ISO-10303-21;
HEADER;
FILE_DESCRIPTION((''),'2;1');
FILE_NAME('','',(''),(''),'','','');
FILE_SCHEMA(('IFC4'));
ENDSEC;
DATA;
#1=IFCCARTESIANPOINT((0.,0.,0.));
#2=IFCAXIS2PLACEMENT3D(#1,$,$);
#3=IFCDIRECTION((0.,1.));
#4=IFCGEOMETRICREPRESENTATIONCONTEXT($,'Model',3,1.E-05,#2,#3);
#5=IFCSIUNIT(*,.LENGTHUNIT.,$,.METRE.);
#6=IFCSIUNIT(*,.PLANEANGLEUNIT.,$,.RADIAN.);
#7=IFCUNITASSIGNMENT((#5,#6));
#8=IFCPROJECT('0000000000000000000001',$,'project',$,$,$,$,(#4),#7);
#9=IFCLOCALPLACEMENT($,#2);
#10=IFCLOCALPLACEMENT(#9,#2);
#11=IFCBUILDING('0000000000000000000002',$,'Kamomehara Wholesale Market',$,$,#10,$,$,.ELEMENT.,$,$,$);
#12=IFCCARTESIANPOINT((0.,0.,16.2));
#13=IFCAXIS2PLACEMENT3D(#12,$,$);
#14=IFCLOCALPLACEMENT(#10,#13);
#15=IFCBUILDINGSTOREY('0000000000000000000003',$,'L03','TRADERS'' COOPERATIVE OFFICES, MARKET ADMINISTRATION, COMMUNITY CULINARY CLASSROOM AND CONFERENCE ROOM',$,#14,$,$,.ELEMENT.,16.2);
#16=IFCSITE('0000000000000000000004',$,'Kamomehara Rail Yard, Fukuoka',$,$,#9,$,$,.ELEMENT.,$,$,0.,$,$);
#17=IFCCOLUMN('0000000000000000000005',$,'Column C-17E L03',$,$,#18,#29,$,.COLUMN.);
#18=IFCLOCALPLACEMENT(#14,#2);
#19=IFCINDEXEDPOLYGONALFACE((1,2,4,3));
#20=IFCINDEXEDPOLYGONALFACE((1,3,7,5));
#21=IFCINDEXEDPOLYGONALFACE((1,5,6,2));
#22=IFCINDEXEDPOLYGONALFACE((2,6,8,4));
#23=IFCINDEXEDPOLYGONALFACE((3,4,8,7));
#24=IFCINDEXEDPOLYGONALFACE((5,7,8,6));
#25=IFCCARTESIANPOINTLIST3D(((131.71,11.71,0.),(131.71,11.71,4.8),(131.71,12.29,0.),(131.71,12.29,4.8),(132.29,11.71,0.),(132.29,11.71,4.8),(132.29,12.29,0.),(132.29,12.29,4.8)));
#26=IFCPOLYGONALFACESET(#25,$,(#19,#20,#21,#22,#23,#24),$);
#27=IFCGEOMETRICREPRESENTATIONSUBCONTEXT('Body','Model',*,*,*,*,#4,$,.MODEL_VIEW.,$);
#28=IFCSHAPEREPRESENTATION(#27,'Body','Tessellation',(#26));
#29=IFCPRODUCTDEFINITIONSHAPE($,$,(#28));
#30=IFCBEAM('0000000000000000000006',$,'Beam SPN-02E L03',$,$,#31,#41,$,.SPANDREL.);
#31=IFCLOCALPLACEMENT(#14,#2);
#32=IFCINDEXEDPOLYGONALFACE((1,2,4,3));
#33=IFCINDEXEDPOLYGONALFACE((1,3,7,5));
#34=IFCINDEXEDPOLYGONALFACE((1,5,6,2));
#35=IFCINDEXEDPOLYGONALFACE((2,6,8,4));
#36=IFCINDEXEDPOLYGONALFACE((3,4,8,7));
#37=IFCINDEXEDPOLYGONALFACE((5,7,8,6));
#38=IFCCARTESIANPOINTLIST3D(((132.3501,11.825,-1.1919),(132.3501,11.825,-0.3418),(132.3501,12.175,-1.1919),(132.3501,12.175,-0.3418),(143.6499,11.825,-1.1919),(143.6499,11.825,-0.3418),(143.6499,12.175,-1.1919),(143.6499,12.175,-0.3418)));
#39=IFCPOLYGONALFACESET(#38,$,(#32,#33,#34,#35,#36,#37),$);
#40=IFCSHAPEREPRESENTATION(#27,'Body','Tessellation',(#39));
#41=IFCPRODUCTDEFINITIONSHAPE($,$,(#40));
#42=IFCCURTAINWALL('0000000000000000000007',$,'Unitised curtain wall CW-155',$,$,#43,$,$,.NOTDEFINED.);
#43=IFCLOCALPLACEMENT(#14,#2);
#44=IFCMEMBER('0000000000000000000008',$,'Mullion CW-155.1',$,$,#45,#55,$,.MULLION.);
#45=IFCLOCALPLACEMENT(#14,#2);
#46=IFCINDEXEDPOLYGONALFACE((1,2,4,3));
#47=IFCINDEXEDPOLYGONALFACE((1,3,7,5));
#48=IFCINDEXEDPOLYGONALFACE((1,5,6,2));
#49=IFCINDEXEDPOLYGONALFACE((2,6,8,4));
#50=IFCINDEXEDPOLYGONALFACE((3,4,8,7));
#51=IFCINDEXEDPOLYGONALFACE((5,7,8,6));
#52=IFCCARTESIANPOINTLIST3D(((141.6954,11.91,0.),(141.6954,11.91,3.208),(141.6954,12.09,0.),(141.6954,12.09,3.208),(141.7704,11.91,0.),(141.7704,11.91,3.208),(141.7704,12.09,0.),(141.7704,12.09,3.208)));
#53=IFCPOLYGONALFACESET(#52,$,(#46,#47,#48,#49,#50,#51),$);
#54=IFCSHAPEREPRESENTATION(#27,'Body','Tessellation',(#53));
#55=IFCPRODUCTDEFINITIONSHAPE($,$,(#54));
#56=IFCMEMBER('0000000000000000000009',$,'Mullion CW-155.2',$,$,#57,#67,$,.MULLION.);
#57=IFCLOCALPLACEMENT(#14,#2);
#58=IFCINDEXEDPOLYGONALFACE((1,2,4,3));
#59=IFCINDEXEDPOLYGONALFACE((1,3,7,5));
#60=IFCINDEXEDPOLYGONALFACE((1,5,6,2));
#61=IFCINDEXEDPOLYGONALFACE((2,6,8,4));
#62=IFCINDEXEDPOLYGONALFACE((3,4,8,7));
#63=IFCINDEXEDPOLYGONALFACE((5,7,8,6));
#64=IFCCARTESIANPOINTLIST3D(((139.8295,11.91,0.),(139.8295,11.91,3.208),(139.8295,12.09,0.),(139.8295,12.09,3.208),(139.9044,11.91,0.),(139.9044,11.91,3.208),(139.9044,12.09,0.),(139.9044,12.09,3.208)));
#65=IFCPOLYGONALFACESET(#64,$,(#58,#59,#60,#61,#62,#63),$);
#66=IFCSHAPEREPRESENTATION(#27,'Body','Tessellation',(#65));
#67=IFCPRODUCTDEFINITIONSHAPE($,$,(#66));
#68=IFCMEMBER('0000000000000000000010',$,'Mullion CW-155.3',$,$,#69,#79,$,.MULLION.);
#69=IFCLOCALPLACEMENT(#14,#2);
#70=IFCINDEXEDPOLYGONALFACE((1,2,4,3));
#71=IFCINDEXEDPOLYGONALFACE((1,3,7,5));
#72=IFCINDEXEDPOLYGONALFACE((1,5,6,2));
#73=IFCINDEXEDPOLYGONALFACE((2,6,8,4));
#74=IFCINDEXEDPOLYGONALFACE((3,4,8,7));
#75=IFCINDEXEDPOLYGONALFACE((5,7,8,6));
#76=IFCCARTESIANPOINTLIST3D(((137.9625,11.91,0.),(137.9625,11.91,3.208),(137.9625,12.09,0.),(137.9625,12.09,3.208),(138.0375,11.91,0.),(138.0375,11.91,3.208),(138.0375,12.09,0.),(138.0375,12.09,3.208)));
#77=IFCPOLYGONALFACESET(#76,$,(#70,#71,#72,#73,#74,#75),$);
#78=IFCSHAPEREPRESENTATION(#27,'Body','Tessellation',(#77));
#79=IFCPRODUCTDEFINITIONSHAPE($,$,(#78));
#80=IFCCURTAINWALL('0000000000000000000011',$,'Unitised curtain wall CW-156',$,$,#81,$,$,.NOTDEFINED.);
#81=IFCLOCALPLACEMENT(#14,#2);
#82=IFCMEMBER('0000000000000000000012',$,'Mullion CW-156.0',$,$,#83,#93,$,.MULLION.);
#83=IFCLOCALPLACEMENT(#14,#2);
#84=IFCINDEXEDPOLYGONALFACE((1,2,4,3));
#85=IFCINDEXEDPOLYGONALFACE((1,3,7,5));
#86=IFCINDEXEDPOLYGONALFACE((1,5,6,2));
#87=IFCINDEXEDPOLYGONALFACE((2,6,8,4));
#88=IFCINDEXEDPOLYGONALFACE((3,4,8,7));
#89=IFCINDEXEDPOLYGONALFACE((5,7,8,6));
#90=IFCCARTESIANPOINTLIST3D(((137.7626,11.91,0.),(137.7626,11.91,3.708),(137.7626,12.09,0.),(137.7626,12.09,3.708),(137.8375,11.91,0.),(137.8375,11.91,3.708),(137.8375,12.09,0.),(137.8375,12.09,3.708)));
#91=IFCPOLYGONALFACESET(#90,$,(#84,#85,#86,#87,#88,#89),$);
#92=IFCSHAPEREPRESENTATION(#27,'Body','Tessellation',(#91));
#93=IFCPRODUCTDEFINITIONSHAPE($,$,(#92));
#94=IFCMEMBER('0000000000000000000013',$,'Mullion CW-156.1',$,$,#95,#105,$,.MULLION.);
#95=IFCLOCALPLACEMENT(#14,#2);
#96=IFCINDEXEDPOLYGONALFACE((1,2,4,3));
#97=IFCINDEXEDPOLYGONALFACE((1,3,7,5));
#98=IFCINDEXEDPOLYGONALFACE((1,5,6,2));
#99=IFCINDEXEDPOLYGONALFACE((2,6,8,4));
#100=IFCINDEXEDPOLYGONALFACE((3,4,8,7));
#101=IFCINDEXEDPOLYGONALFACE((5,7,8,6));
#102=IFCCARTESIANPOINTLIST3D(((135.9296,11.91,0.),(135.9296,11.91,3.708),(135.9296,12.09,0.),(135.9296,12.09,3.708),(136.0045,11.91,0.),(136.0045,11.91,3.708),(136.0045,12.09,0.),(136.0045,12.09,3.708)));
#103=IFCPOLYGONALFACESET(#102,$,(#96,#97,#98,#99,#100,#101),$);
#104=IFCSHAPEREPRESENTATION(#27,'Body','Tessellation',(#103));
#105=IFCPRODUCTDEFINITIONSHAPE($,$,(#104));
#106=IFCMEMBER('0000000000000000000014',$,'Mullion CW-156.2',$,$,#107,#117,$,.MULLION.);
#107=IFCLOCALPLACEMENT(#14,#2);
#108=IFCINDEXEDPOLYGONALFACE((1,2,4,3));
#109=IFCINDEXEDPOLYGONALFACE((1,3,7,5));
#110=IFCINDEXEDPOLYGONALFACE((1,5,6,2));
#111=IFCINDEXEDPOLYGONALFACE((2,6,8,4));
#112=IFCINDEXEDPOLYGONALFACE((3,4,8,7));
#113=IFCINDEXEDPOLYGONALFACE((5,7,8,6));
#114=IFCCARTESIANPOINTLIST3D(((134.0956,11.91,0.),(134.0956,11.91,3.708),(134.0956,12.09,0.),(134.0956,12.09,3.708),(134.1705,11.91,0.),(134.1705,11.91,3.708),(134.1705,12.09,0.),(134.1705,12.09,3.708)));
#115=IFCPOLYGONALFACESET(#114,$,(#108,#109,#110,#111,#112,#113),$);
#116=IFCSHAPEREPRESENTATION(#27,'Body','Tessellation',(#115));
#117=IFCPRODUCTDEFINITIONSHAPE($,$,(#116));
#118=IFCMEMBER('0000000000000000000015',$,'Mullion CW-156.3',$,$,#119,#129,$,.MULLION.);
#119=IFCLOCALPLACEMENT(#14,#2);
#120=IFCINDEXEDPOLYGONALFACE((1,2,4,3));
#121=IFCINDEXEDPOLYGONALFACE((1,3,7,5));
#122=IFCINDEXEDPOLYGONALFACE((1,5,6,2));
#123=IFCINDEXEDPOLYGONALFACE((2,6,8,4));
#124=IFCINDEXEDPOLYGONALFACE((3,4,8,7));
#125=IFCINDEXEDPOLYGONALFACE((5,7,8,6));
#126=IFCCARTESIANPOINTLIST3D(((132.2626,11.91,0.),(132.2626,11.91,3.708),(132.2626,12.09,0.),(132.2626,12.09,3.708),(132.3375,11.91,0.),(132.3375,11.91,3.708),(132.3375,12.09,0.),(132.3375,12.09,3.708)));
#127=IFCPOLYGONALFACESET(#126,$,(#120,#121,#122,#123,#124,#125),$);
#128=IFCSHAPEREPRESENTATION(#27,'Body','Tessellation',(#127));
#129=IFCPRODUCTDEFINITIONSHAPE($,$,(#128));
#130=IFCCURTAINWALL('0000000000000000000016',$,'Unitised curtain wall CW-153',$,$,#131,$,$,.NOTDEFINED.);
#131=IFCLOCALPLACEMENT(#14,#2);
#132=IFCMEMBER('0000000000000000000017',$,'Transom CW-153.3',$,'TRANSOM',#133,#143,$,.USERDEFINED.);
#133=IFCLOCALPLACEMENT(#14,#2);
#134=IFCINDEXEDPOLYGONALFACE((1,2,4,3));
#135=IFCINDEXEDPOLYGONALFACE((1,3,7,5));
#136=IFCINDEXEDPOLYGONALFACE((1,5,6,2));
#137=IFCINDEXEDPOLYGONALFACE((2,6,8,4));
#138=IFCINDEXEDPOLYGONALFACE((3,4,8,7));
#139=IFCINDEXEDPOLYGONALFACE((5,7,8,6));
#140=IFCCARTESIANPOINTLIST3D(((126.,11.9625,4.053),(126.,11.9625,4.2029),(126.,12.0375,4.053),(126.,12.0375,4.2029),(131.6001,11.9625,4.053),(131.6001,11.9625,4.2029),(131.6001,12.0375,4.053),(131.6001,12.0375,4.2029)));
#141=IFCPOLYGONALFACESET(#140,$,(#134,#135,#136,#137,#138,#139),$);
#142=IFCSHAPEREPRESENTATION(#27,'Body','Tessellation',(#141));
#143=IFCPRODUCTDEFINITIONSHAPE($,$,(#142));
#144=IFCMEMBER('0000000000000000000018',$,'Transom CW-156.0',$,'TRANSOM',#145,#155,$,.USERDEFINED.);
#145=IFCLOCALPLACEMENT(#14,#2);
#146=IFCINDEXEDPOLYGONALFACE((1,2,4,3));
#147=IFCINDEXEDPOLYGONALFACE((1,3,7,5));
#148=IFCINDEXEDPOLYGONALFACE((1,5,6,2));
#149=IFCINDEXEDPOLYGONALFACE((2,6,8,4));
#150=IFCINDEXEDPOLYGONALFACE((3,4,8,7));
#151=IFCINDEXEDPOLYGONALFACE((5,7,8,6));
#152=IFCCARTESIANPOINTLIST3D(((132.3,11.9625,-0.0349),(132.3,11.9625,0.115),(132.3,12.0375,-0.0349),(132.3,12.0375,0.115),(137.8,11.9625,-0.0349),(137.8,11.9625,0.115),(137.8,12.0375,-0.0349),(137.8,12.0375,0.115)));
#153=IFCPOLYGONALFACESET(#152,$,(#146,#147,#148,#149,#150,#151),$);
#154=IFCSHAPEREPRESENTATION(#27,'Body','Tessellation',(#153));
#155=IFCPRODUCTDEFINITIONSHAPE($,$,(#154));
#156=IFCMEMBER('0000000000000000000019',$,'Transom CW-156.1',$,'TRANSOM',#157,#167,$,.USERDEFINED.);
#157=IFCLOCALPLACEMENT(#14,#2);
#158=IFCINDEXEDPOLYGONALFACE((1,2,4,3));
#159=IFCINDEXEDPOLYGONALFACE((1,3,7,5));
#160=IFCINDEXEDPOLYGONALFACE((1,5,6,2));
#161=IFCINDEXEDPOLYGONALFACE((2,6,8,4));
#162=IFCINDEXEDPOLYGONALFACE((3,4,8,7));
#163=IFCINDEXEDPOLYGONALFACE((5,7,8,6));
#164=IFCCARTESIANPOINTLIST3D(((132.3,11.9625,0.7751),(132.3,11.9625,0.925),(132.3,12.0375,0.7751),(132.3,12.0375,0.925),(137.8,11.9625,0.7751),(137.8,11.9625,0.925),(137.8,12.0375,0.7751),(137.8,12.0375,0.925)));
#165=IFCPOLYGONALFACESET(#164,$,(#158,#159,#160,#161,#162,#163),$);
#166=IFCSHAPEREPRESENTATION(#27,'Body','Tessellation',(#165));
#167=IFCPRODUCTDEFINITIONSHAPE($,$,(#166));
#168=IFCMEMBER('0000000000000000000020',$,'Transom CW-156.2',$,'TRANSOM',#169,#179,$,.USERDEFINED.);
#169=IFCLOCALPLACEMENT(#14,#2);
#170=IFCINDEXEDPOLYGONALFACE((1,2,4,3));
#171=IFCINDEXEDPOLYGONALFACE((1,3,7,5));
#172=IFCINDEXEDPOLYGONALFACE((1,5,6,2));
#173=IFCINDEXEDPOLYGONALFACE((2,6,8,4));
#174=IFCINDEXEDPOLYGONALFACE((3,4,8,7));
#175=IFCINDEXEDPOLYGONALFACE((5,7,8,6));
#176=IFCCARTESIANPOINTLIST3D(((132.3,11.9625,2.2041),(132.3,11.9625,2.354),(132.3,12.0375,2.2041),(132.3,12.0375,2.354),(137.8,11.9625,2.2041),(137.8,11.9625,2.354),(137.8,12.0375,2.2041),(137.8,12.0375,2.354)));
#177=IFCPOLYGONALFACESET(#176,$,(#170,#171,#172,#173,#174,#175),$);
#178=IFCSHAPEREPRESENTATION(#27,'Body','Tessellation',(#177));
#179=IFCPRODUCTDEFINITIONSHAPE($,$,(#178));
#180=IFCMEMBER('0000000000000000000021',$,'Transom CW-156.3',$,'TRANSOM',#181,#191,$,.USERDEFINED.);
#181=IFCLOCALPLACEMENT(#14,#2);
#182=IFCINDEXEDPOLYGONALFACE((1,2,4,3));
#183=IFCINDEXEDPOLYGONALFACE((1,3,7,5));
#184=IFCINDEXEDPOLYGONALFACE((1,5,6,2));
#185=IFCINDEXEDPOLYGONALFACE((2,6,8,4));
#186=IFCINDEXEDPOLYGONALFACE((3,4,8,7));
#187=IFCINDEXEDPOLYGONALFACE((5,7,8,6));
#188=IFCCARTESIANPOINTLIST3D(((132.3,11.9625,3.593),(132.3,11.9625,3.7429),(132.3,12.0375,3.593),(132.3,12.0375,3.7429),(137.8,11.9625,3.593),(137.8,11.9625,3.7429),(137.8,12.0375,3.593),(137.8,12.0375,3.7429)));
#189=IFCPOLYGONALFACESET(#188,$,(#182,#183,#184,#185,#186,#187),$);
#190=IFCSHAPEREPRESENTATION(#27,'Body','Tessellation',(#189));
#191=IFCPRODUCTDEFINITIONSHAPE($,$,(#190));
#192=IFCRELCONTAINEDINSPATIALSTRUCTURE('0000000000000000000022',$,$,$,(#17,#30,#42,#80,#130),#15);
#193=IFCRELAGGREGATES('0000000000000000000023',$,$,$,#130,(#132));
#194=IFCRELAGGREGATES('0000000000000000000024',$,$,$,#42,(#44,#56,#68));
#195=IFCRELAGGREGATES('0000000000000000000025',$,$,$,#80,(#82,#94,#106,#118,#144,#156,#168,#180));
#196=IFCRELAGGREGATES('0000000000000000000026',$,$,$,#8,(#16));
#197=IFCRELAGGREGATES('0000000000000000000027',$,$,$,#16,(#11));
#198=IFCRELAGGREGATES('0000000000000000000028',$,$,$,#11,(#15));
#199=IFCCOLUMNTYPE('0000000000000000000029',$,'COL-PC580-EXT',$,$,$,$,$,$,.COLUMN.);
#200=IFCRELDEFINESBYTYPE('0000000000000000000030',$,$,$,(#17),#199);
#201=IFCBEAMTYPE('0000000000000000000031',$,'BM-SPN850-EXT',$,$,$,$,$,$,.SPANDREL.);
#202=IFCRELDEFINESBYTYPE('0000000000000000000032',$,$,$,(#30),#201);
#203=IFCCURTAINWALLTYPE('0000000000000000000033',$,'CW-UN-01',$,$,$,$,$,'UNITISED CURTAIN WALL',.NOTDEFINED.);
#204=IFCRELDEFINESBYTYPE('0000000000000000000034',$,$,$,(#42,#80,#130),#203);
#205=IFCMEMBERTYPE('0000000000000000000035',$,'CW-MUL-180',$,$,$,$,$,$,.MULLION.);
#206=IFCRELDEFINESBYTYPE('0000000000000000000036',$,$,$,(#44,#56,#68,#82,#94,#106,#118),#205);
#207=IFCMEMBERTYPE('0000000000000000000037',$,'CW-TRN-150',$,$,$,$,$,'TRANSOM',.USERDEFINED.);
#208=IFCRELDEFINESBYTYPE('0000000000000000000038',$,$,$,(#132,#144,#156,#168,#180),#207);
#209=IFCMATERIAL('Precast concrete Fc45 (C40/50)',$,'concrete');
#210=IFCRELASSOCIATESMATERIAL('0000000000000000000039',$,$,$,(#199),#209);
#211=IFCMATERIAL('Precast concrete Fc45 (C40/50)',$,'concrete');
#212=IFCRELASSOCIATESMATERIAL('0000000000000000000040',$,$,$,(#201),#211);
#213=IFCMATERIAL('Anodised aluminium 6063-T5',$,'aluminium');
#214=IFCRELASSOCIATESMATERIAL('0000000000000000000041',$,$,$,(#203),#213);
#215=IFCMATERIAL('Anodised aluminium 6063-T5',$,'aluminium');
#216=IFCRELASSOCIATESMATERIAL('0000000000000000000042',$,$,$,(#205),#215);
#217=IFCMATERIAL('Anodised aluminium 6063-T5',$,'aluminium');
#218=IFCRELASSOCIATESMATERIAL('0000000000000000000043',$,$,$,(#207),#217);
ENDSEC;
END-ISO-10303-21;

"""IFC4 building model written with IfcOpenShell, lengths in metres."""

from ifc_helpers import new_model, si_unit, direction, frame, origin, origin_2d, place, context, subcontext, project, spatial, rectangle, extrude, material, material_profile, profile_set, type_object, element, aggregate, save


model = new_model("IFC4")

# Units and contexts
model_context = context("Model", 3, precision=1e-05, world=origin(), true_north=direction((0.0, 1.0)))
body_context = subcontext(model_context, "Body", "Model", "MODEL_VIEW")
ifc_project = project(units=[si_unit("LENGTHUNIT", "METRE"), si_unit("PLANEANGLEUNIT", "RADIAN")], contexts=[model_context])

# Site, building, storey
site_placement = place(None, origin())
site = spatial("IfcSite", under=ifc_project, at=site_placement, Name="Kamomehara Rail Yard, Fukuoka", CompositionType="ELEMENT", RefElevation=0.0)
building_placement = place(site_placement, origin())
building = spatial("IfcBuilding", under=site, at=building_placement, Name="Kamomehara Wholesale Market", CompositionType="ELEMENT")
storey_placement = place(building_placement, frame((0.0, 0.0, 16.2)))
storey = spatial("IfcBuildingStorey", under=building, at=storey_placement, Name="L03", Description="TRADERS' COOPERATIVE OFFICES, MARKET ADMINISTRATION, COMMUNITY CULINARY CLASSROOM AND CONFERENCE ROOM", CompositionType="ELEMENT", Elevation=16.2)

# Column
ifc_material_1 = material(Name="Precast concrete Fc45 (C40/50)", Category="concrete")
ifc_material_profile_1 = material_profile(ifc_material_1, rectangle(XDim=0.5801, YDim=0.5801, at=origin_2d()), Name="PC-COL-580x580")
ifc_profile_set_1 = profile_set([ifc_material_profile_1], Name="Precast concrete Fc45 (C40/50)")
column_type = type_object("IfcColumnType", Name="COL-PC580-EXT", PredefinedType="COLUMN", material=ifc_profile_set_1)
column_placement = place(storey_placement, frame((132.0, 12.0, 0.0), z_axis=(0.0, 0.0, 1.0), x_axis=(1.0, 0.0, 0.0)))
element("IfcColumn", 1, at=column_placement, inside=storey, type_object=column_type, Name="Column C-17E L03", PredefinedType="COLUMN", context=body_context, shape_type="SweptSolid", body=[
    extrude(rectangle(XDim=0.5801, YDim=0.5801, at=origin_2d()), origin(), (0.0, 0.0, 1.0), 4.8),
])

# Beam
ifc_material_2 = material(Name="Precast concrete Fc45 (C40/50)", Category="concrete")
ifc_material_profile_2 = material_profile(ifc_material_2, rectangle(XDim=0.3501, YDim=0.8501, at=origin_2d()), Name="PC-SPN-350x850")
ifc_profile_set_2 = profile_set([ifc_material_profile_2], Name="Precast concrete Fc45 (C40/50)")
beam_type = type_object("IfcBeamType", Name="BM-SPN850-EXT", PredefinedType="SPANDREL", material=ifc_profile_set_2)
beam_placement = place(storey_placement, frame((132.3501, 12.0, -0.7668), z_axis=(1.0, 0.0, 0.0), x_axis=(0.0, 1.0, 0.0)))
element("IfcBeam", 2, at=beam_placement, inside=storey, type_object=beam_type, Name="Beam SPN-02E L03", PredefinedType="SPANDREL", context=body_context, shape_type="SweptSolid", body=[
    extrude(rectangle(XDim=0.3501, YDim=0.8501, at=origin_2d()), origin(), (0.0, 0.0, 1.0), 11.2998),
])

# Curtain walls, members
ifc_material_3 = material(Name="Anodised aluminium 6063-T5", Category="aluminium")
curtain_wall_type = type_object("IfcCurtainWallType", Name="CW-UN-01", ElementType="UNITISED CURTAIN WALL", PredefinedType="NOTDEFINED", material=ifc_material_3)
curtain_wall_1_placement = place(storey_placement, origin())
curtain_wall_1 = element("IfcCurtainWall", 3, at=curtain_wall_1_placement, inside=storey, type_object=curtain_wall_type, Name="Unitised curtain wall CW-155", PredefinedType="NOTDEFINED")
ifc_material_4 = material(Name="Anodised aluminium 6063-T5", Category="aluminium")
ifc_material_profile_3 = material_profile(ifc_material_4, rectangle(XDim=0.075, YDim=0.1799, at=origin_2d()), Name="ALU-MUL-75x180")
ifc_profile_set_3 = profile_set([ifc_material_profile_3], Name="Anodised aluminium 6063-T5")
member_type_1 = type_object("IfcMemberType", Name="CW-MUL-180", PredefinedType="MULLION", material=ifc_profile_set_3)
member_1_placement = place(storey_placement, frame((141.7329, 12.0, 0.0), z_axis=(0.0, 0.0, 1.0), x_axis=(-1.0, 0.0, 0.0)))
member_1 = element("IfcMember", 4, at=member_1_placement, type_object=member_type_1, Name="Mullion CW-155.1", PredefinedType="MULLION", context=body_context, shape_type="SweptSolid", body=[
    extrude(rectangle(XDim=0.075, YDim=0.1799, at=origin_2d()), origin(), (0.0, 0.0, 1.0), 3.208),
])
member_2_placement = place(storey_placement, frame((139.8669, 12.0, 0.0), z_axis=(0.0, 0.0, 1.0), x_axis=(-1.0, 0.0, 0.0)))
member_2 = element("IfcMember", 5, at=member_2_placement, type_object=member_type_1, Name="Mullion CW-155.2", PredefinedType="MULLION", context=body_context, shape_type="SweptSolid", body=[
    extrude(rectangle(XDim=0.075, YDim=0.1799, at=origin_2d()), origin(), (0.0, 0.0, 1.0), 3.208),
])
member_3_placement = place(storey_placement, frame((138.0, 12.0, 0.0), z_axis=(0.0, 0.0, 1.0), x_axis=(-1.0, 0.0, 0.0)))
member_3 = element("IfcMember", 6, at=member_3_placement, type_object=member_type_1, Name="Mullion CW-155.3", PredefinedType="MULLION", context=body_context, shape_type="SweptSolid", body=[
    extrude(rectangle(XDim=0.075, YDim=0.1799, at=origin_2d()), origin(), (0.0, 0.0, 1.0), 3.208),
])
curtain_wall_2_placement = place(storey_placement, origin())
curtain_wall_2 = element("IfcCurtainWall", 7, at=curtain_wall_2_placement, inside=storey, type_object=curtain_wall_type, Name="Unitised curtain wall CW-156", PredefinedType="NOTDEFINED")
member_4_placement = place(storey_placement, frame((137.8, 12.0, 0.0), z_axis=(0.0, 0.0, 1.0), x_axis=(-1.0, 0.0, 0.0)))
member_4 = element("IfcMember", 8, at=member_4_placement, type_object=member_type_1, Name="Mullion CW-156.0", PredefinedType="MULLION", context=body_context, shape_type="SweptSolid", body=[
    extrude(rectangle(XDim=0.075, YDim=0.1799, at=origin_2d()), origin(), (0.0, 0.0, 1.0), 3.708),
])
member_5_placement = place(storey_placement, frame((135.967, 12.0, 0.0), z_axis=(0.0, 0.0, 1.0), x_axis=(-1.0, 0.0, 0.0)))
member_5 = element("IfcMember", 9, at=member_5_placement, type_object=member_type_1, Name="Mullion CW-156.1", PredefinedType="MULLION", context=body_context, shape_type="SweptSolid", body=[
    extrude(rectangle(XDim=0.075, YDim=0.1799, at=origin_2d()), origin(), (0.0, 0.0, 1.0), 3.708),
])
member_6_placement = place(storey_placement, frame((134.1331, 12.0, 0.0), z_axis=(0.0, 0.0, 1.0), x_axis=(-1.0, 0.0, 0.0)))
member_6 = element("IfcMember", 10, at=member_6_placement, type_object=member_type_1, Name="Mullion CW-156.2", PredefinedType="MULLION", context=body_context, shape_type="SweptSolid", body=[
    extrude(rectangle(XDim=0.075, YDim=0.1799, at=origin_2d()), origin(), (0.0, 0.0, 1.0), 3.708),
])
member_7_placement = place(storey_placement, frame((132.3, 12.0, 0.0), z_axis=(0.0, 0.0, 1.0), x_axis=(-1.0, 0.0, 0.0)))
member_7 = element("IfcMember", 11, at=member_7_placement, type_object=member_type_1, Name="Mullion CW-156.3", PredefinedType="MULLION", context=body_context, shape_type="SweptSolid", body=[
    extrude(rectangle(XDim=0.075, YDim=0.1799, at=origin_2d()), origin(), (0.0, 0.0, 1.0), 3.708),
])

# Curtain wall, member
curtain_wall_3_placement = place(storey_placement, origin())
curtain_wall_3 = element("IfcCurtainWall", 12, at=curtain_wall_3_placement, inside=storey, type_object=curtain_wall_type, Name="Unitised curtain wall CW-153", PredefinedType="NOTDEFINED")
ifc_material_5 = material(Name="Anodised aluminium 6063-T5", Category="aluminium")
ifc_material_profile_4 = material_profile(ifc_material_5, rectangle(XDim=0.075, YDim=0.1499, at=origin_2d()), Name="ALU-TRN-75x150")
ifc_profile_set_4 = profile_set([ifc_material_profile_4], Name="Anodised aluminium 6063-T5")
member_type_2 = type_object("IfcMemberType", Name="CW-TRN-150", ElementType="TRANSOM", PredefinedType="USERDEFINED", material=ifc_profile_set_4)
member_8_placement = place(storey_placement, frame((131.6001, 12.0, 4.1279), z_axis=(-1.0, 0.0, 0.0), x_axis=(0.0, -1.0, 0.0)))
member_8 = element("IfcMember", 13, at=member_8_placement, type_object=member_type_2, Name="Transom CW-153.3", ObjectType="TRANSOM", PredefinedType="USERDEFINED", context=body_context, shape_type="SweptSolid", body=[
    extrude(rectangle(XDim=0.075, YDim=0.1499, at=origin_2d()), origin(), (0.0, 0.0, 1.0), 5.6001),
])
aggregate(curtain_wall_3, [member_8])

# Members
member_9_placement = place(storey_placement, frame((137.8, 12.0, 0.04), z_axis=(-1.0, 0.0, 0.0), x_axis=(0.0, -1.0, 0.0)))
member_9 = element("IfcMember", 14, at=member_9_placement, type_object=member_type_2, Name="Transom CW-156.0", ObjectType="TRANSOM", PredefinedType="USERDEFINED", context=body_context, shape_type="SweptSolid", body=[
    extrude(rectangle(XDim=0.075, YDim=0.1499, at=origin_2d()), origin(), (0.0, 0.0, 1.0), 5.5),
])
member_10_placement = place(storey_placement, frame((137.8, 12.0, 0.8501), z_axis=(-1.0, 0.0, 0.0), x_axis=(0.0, -1.0, 0.0)))
member_10 = element("IfcMember", 15, at=member_10_placement, type_object=member_type_2, Name="Transom CW-156.1", ObjectType="TRANSOM", PredefinedType="USERDEFINED", context=body_context, shape_type="SweptSolid", body=[
    extrude(rectangle(XDim=0.075, YDim=0.1499, at=origin_2d()), origin(), (0.0, 0.0, 1.0), 5.5),
])
member_11_placement = place(storey_placement, frame((137.8, 12.0, 2.2791), z_axis=(-1.0, 0.0, 0.0), x_axis=(0.0, -1.0, 0.0)))
member_11 = element("IfcMember", 16, at=member_11_placement, type_object=member_type_2, Name="Transom CW-156.2", ObjectType="TRANSOM", PredefinedType="USERDEFINED", context=body_context, shape_type="SweptSolid", body=[
    extrude(rectangle(XDim=0.075, YDim=0.1499, at=origin_2d()), origin(), (0.0, 0.0, 1.0), 5.5),
])
member_12_placement = place(storey_placement, frame((137.8, 12.0, 3.668), z_axis=(-1.0, 0.0, 0.0), x_axis=(0.0, -1.0, 0.0)))
member_12 = element("IfcMember", 17, at=member_12_placement, type_object=member_type_2, Name="Transom CW-156.3", ObjectType="TRANSOM", PredefinedType="USERDEFINED", context=body_context, shape_type="SweptSolid", body=[
    extrude(rectangle(XDim=0.075, YDim=0.1499, at=origin_2d()), origin(), (0.0, 0.0, 1.0), 5.5),
])

aggregate(curtain_wall_1, [member_1, member_2, member_3])
aggregate(curtain_wall_2, [member_4, member_5, member_6, member_7, member_9, member_10, member_11, member_12])

save(model, "model.ifc")
